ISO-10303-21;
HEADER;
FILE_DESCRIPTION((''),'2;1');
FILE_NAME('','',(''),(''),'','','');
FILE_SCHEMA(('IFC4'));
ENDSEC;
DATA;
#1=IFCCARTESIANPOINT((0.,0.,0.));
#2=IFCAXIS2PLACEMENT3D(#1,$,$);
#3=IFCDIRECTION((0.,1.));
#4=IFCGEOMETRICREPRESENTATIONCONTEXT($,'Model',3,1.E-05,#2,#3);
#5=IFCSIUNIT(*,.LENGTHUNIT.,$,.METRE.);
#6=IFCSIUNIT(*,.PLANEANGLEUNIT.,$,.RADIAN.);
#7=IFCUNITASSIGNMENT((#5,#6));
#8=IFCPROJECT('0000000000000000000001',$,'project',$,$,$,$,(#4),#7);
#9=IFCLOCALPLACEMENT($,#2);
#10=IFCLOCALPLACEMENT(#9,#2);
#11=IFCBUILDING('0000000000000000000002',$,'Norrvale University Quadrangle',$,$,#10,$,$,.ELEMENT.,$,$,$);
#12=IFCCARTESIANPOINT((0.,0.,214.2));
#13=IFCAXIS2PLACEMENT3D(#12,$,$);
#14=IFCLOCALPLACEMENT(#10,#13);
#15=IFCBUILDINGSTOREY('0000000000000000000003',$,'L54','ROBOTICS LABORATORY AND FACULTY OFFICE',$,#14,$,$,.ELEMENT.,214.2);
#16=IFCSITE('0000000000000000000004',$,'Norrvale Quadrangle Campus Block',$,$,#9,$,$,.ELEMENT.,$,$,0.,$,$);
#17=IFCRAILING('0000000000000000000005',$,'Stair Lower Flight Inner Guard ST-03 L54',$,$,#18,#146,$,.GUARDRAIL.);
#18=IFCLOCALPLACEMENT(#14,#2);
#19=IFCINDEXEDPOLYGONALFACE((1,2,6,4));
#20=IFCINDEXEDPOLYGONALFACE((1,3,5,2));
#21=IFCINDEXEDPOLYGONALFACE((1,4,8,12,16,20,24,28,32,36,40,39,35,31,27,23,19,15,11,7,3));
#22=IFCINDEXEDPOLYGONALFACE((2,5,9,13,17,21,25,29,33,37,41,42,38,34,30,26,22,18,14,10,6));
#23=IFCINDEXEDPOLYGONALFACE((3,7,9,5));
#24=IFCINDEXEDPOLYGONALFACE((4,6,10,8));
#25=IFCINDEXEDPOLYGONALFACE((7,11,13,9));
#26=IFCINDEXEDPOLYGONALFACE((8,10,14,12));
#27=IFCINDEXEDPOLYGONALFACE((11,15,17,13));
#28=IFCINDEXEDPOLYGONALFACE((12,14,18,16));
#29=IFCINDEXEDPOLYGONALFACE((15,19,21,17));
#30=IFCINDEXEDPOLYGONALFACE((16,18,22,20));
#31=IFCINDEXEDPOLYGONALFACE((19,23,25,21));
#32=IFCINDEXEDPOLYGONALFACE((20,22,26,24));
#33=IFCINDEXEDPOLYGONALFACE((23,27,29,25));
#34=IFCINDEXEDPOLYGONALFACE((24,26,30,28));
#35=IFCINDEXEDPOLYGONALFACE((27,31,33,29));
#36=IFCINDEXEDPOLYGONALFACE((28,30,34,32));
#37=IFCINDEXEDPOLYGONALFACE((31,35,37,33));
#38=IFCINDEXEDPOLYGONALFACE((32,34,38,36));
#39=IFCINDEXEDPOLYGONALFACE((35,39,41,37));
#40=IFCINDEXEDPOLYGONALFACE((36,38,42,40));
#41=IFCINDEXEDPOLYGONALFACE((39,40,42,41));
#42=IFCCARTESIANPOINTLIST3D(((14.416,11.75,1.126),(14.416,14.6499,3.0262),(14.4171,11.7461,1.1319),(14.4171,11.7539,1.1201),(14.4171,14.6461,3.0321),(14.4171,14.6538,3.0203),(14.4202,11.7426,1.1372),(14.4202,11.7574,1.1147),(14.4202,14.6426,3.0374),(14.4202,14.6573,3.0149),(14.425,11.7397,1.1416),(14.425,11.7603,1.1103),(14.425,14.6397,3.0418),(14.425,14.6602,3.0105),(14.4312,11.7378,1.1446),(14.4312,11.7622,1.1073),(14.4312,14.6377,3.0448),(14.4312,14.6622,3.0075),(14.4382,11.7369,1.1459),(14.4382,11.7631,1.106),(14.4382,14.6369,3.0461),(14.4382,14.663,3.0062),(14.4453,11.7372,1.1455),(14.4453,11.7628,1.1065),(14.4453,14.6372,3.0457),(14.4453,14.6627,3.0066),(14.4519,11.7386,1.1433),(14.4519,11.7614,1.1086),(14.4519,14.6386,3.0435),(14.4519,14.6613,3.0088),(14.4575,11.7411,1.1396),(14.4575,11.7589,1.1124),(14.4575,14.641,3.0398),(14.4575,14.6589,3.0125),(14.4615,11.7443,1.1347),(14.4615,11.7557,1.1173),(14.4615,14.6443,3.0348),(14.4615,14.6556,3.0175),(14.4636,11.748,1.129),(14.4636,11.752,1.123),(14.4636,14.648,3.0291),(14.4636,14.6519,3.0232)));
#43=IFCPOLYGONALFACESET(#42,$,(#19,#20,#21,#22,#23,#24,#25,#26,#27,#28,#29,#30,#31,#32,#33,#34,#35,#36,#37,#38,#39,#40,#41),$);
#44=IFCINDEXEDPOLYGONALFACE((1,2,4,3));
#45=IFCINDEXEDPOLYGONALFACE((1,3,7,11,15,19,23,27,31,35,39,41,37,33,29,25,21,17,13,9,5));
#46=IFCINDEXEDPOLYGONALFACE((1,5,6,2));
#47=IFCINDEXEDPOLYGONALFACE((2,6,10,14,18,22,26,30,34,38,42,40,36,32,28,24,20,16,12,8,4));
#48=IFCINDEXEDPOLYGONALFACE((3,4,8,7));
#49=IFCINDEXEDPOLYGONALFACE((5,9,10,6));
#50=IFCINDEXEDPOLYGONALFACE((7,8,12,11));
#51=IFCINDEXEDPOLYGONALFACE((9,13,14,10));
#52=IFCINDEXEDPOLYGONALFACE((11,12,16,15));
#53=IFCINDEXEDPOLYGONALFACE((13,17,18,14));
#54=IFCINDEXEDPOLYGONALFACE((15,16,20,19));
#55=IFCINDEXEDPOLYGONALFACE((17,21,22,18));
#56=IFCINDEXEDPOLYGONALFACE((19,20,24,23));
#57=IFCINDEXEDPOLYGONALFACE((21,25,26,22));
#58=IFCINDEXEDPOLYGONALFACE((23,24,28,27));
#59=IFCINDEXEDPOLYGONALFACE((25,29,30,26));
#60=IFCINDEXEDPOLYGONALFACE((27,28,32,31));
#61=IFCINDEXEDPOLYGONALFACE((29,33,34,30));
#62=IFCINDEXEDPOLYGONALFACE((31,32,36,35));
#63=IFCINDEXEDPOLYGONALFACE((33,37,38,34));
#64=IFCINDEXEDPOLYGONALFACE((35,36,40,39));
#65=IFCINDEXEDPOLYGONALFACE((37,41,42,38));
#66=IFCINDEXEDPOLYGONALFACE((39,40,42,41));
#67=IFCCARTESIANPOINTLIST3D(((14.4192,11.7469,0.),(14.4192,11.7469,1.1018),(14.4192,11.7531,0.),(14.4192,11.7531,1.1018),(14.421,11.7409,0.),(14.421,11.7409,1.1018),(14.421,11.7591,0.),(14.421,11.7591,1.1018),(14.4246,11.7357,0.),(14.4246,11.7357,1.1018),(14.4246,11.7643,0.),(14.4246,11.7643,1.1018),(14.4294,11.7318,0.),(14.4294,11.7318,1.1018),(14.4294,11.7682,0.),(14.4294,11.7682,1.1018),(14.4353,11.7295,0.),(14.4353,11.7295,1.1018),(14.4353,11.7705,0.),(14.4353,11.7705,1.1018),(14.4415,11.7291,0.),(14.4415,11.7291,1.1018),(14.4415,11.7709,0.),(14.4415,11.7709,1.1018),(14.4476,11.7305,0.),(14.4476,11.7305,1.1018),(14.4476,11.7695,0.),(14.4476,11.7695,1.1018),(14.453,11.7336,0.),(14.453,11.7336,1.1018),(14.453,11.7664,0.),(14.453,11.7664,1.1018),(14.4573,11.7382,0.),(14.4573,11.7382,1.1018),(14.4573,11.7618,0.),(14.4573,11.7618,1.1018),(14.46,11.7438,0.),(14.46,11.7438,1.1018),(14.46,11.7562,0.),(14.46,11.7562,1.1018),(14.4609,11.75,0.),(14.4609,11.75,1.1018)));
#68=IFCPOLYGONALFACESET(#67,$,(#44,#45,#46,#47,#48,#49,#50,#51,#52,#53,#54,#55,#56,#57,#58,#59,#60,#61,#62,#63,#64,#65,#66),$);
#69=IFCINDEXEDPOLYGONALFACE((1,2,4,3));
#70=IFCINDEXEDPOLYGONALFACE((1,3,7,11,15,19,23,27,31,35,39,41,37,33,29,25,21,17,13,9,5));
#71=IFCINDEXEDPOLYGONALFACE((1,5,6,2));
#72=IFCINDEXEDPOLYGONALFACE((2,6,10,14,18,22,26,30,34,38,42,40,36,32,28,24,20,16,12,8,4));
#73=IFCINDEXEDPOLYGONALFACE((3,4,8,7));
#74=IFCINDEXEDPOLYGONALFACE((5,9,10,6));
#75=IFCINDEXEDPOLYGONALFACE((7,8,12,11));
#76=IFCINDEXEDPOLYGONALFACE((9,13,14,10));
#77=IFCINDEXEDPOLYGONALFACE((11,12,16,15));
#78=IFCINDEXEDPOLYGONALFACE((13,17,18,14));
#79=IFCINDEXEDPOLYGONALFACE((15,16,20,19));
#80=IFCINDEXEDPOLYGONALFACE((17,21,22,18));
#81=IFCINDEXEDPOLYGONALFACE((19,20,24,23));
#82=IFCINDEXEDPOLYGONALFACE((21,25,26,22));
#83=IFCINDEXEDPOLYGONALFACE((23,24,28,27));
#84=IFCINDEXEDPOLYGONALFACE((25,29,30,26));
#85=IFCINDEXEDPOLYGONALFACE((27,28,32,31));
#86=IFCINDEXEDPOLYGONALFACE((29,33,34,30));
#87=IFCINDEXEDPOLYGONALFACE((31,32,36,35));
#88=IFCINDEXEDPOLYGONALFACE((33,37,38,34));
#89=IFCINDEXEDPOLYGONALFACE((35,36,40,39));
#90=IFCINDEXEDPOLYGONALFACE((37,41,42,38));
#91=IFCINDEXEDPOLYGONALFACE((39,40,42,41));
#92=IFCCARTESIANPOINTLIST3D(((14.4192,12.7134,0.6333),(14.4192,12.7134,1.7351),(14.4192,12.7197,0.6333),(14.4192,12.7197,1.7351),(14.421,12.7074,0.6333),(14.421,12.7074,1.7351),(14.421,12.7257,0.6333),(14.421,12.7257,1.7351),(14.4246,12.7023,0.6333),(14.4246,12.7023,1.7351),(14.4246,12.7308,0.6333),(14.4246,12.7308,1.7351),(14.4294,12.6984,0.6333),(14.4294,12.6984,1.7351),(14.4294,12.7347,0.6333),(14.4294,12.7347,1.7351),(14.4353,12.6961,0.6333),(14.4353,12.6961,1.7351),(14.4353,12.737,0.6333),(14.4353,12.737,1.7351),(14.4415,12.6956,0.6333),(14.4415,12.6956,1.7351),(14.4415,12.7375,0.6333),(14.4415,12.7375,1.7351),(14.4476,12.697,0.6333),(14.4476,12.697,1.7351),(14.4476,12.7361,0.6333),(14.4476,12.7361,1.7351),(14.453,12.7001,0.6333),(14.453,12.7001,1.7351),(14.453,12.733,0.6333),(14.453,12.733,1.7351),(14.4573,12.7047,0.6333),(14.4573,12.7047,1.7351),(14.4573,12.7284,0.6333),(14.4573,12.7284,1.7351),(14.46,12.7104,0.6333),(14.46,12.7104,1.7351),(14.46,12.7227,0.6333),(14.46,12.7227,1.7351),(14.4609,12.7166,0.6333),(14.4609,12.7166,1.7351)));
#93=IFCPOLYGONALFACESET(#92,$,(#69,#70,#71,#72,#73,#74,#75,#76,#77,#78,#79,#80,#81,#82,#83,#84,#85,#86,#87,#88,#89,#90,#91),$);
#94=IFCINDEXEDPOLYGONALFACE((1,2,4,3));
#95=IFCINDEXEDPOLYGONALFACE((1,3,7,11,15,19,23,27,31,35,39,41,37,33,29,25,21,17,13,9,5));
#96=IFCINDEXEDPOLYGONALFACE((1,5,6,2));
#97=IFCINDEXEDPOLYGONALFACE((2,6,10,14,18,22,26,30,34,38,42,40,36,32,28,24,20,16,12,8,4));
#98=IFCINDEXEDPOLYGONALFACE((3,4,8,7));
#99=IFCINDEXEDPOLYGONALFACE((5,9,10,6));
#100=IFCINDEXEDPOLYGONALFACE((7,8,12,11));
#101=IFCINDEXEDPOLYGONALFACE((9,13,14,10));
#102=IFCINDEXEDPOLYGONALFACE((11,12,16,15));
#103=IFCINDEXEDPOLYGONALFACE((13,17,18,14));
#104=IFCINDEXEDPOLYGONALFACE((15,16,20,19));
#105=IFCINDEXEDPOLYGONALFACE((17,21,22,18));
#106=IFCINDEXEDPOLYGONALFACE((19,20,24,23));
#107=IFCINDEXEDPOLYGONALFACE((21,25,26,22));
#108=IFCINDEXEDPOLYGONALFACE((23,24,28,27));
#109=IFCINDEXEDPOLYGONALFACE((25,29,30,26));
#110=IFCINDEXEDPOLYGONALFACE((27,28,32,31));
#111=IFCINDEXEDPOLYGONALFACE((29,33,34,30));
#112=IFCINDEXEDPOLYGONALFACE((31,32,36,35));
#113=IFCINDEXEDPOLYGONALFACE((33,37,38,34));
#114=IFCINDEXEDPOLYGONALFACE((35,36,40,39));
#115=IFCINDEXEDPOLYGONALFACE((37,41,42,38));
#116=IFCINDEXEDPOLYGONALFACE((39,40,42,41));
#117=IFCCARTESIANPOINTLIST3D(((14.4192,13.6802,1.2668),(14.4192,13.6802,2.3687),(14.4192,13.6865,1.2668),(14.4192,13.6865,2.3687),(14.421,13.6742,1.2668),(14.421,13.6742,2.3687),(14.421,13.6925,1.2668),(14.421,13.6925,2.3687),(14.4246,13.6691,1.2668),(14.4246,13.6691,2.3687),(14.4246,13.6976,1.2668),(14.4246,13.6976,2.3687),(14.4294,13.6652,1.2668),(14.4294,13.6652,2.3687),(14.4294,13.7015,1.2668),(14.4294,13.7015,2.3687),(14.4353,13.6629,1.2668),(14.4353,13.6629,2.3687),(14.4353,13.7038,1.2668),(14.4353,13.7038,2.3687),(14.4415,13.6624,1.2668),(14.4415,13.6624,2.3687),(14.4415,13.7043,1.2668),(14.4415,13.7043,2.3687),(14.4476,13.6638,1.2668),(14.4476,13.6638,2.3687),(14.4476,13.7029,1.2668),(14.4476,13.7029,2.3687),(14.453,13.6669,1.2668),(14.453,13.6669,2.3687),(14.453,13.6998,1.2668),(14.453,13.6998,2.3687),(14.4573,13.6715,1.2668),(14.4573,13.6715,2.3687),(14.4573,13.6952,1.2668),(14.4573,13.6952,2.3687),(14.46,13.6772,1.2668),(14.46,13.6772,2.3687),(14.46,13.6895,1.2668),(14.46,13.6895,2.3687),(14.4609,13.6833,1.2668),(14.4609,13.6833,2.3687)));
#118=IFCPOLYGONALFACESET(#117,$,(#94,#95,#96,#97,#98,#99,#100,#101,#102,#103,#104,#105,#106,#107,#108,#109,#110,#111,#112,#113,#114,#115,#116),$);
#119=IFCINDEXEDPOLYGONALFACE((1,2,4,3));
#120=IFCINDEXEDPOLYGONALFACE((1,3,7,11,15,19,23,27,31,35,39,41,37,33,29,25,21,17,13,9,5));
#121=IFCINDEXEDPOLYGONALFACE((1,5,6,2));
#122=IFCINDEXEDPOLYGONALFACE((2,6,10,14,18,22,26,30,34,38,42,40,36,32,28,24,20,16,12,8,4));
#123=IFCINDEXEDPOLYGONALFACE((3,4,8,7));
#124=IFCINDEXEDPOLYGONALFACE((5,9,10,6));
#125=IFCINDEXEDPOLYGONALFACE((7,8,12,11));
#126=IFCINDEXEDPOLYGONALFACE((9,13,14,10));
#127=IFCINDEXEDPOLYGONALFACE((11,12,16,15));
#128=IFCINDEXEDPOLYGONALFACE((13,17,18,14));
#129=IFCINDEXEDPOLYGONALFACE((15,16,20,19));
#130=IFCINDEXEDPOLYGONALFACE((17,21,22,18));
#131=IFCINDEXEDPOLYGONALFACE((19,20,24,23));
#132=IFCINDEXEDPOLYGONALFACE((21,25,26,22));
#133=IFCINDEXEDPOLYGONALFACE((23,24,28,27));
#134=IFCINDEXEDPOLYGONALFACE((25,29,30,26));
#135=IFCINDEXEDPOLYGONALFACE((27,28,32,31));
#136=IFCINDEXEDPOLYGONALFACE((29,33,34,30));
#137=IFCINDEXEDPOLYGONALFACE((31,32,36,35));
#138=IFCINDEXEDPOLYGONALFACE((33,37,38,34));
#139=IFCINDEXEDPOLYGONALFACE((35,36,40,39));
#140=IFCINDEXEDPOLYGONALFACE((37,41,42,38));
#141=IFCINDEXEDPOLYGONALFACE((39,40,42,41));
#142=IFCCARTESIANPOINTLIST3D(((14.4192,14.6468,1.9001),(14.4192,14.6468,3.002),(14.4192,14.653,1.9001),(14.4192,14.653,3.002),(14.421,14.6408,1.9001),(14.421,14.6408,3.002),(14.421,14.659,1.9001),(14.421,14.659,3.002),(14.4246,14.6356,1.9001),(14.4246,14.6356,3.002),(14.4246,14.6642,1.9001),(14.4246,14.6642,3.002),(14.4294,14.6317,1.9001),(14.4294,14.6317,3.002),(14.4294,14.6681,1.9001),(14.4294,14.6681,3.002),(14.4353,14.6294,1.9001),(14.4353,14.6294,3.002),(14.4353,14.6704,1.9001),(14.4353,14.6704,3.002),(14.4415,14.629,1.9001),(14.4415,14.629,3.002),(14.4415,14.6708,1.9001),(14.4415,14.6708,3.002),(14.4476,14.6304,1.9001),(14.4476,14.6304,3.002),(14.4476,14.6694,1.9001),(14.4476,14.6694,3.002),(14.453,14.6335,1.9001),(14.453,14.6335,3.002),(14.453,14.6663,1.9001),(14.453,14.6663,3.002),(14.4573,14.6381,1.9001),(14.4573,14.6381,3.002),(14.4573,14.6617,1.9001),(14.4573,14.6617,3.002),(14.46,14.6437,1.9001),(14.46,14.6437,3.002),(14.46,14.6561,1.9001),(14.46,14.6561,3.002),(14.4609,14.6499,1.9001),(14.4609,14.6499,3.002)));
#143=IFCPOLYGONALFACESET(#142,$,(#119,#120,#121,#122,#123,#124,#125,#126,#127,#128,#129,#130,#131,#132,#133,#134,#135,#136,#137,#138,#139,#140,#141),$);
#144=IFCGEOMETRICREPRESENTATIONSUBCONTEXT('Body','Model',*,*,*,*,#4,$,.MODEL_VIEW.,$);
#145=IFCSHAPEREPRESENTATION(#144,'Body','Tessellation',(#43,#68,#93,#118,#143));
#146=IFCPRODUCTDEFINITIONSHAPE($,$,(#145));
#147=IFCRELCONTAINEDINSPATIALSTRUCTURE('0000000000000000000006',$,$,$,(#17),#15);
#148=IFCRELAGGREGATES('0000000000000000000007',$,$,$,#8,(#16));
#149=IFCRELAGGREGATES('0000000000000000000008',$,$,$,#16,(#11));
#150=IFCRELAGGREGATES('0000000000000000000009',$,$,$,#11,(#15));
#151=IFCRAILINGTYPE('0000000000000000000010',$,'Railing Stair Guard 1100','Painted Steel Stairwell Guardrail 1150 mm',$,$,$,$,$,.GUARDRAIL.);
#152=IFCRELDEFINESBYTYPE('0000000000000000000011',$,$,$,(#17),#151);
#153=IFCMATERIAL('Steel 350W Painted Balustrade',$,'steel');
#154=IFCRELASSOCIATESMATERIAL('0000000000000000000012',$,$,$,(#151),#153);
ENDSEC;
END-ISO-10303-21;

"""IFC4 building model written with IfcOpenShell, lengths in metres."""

from ifc_helpers import new_model, si_unit, direction, frame, origin, origin_2d, place, context, subcontext, project, spatial, circle, extrude, material, type_object, element, save


model = new_model("IFC4")

# Units and contexts
model_context = context("Model", 3, precision=1e-05, world=origin(), true_north=direction((0.0, 1.0)))
body_context = subcontext(model_context, "Body", "Model", "MODEL_VIEW")
ifc_project = project(units=[si_unit("LENGTHUNIT", "METRE"), si_unit("PLANEANGLEUNIT", "RADIAN")], contexts=[model_context])

# Site, building, storey
site_placement = place(None, origin())
site = spatial("IfcSite", under=ifc_project, at=site_placement, Name="Norrvale Quadrangle Campus Block", CompositionType="ELEMENT", RefElevation=0.0)
building_placement = place(site_placement, origin())
building = spatial("IfcBuilding", under=site, at=building_placement, Name="Norrvale University Quadrangle", CompositionType="ELEMENT")
storey_placement = place(building_placement, frame((0.0, 0.0, 214.2)))
storey = spatial("IfcBuildingStorey", under=building, at=storey_placement, Name="L54", Description="ROBOTICS LABORATORY AND FACULTY OFFICE", CompositionType="ELEMENT", Elevation=214.2)

# Railing
ifc_material_1 = material(Name="Steel 350W Painted Balustrade", Category="steel")
railing_type_1 = type_object("IfcRailingType", Name="Railing Stair Guard 1100", Description="Painted Steel Stairwell Guardrail 1150 mm", PredefinedType="GUARDRAIL", material=ifc_material_1)
railing_1_placement = place(storey_placement, frame((14.4399, 11.75, 0.0)))
element("IfcRailing", 1, at=railing_1_placement, inside=storey, type_object=railing_type_1, Name="Stair Lower Flight Inner Guard ST-03 L54", PredefinedType="GUARDRAIL", context=body_context, shape_type="SweptSolid", body=[
    extrude(circle(Radius=0.0239, at=origin_2d()), frame((0.0, 0.0, 1.126), z_axis=(0.0, 0.836433, 0.548069), x_axis=(-1.0, 0.0, 0.0)), (0.0, 0.0, 1.0), 3.467),
    extrude(circle(Radius=0.021, at=origin_2d()), origin(), (0.0, 0.0, 1.0), 1.1018),
    extrude(circle(Radius=0.021, at=origin_2d()), frame((0.0, 0.9666, 0.6333)), (0.0, 0.0, 1.0), 1.1018),
    extrude(circle(Radius=0.021, at=origin_2d()), frame((0.0, 1.9333, 1.2668)), (0.0, 0.0, 1.0), 1.1018),
    extrude(circle(Radius=0.021, at=origin_2d()), frame((0.0, 2.8999, 1.9001)), (0.0, 0.0, 1.0), 1.1018),
])

save(model, "model.ifc")
